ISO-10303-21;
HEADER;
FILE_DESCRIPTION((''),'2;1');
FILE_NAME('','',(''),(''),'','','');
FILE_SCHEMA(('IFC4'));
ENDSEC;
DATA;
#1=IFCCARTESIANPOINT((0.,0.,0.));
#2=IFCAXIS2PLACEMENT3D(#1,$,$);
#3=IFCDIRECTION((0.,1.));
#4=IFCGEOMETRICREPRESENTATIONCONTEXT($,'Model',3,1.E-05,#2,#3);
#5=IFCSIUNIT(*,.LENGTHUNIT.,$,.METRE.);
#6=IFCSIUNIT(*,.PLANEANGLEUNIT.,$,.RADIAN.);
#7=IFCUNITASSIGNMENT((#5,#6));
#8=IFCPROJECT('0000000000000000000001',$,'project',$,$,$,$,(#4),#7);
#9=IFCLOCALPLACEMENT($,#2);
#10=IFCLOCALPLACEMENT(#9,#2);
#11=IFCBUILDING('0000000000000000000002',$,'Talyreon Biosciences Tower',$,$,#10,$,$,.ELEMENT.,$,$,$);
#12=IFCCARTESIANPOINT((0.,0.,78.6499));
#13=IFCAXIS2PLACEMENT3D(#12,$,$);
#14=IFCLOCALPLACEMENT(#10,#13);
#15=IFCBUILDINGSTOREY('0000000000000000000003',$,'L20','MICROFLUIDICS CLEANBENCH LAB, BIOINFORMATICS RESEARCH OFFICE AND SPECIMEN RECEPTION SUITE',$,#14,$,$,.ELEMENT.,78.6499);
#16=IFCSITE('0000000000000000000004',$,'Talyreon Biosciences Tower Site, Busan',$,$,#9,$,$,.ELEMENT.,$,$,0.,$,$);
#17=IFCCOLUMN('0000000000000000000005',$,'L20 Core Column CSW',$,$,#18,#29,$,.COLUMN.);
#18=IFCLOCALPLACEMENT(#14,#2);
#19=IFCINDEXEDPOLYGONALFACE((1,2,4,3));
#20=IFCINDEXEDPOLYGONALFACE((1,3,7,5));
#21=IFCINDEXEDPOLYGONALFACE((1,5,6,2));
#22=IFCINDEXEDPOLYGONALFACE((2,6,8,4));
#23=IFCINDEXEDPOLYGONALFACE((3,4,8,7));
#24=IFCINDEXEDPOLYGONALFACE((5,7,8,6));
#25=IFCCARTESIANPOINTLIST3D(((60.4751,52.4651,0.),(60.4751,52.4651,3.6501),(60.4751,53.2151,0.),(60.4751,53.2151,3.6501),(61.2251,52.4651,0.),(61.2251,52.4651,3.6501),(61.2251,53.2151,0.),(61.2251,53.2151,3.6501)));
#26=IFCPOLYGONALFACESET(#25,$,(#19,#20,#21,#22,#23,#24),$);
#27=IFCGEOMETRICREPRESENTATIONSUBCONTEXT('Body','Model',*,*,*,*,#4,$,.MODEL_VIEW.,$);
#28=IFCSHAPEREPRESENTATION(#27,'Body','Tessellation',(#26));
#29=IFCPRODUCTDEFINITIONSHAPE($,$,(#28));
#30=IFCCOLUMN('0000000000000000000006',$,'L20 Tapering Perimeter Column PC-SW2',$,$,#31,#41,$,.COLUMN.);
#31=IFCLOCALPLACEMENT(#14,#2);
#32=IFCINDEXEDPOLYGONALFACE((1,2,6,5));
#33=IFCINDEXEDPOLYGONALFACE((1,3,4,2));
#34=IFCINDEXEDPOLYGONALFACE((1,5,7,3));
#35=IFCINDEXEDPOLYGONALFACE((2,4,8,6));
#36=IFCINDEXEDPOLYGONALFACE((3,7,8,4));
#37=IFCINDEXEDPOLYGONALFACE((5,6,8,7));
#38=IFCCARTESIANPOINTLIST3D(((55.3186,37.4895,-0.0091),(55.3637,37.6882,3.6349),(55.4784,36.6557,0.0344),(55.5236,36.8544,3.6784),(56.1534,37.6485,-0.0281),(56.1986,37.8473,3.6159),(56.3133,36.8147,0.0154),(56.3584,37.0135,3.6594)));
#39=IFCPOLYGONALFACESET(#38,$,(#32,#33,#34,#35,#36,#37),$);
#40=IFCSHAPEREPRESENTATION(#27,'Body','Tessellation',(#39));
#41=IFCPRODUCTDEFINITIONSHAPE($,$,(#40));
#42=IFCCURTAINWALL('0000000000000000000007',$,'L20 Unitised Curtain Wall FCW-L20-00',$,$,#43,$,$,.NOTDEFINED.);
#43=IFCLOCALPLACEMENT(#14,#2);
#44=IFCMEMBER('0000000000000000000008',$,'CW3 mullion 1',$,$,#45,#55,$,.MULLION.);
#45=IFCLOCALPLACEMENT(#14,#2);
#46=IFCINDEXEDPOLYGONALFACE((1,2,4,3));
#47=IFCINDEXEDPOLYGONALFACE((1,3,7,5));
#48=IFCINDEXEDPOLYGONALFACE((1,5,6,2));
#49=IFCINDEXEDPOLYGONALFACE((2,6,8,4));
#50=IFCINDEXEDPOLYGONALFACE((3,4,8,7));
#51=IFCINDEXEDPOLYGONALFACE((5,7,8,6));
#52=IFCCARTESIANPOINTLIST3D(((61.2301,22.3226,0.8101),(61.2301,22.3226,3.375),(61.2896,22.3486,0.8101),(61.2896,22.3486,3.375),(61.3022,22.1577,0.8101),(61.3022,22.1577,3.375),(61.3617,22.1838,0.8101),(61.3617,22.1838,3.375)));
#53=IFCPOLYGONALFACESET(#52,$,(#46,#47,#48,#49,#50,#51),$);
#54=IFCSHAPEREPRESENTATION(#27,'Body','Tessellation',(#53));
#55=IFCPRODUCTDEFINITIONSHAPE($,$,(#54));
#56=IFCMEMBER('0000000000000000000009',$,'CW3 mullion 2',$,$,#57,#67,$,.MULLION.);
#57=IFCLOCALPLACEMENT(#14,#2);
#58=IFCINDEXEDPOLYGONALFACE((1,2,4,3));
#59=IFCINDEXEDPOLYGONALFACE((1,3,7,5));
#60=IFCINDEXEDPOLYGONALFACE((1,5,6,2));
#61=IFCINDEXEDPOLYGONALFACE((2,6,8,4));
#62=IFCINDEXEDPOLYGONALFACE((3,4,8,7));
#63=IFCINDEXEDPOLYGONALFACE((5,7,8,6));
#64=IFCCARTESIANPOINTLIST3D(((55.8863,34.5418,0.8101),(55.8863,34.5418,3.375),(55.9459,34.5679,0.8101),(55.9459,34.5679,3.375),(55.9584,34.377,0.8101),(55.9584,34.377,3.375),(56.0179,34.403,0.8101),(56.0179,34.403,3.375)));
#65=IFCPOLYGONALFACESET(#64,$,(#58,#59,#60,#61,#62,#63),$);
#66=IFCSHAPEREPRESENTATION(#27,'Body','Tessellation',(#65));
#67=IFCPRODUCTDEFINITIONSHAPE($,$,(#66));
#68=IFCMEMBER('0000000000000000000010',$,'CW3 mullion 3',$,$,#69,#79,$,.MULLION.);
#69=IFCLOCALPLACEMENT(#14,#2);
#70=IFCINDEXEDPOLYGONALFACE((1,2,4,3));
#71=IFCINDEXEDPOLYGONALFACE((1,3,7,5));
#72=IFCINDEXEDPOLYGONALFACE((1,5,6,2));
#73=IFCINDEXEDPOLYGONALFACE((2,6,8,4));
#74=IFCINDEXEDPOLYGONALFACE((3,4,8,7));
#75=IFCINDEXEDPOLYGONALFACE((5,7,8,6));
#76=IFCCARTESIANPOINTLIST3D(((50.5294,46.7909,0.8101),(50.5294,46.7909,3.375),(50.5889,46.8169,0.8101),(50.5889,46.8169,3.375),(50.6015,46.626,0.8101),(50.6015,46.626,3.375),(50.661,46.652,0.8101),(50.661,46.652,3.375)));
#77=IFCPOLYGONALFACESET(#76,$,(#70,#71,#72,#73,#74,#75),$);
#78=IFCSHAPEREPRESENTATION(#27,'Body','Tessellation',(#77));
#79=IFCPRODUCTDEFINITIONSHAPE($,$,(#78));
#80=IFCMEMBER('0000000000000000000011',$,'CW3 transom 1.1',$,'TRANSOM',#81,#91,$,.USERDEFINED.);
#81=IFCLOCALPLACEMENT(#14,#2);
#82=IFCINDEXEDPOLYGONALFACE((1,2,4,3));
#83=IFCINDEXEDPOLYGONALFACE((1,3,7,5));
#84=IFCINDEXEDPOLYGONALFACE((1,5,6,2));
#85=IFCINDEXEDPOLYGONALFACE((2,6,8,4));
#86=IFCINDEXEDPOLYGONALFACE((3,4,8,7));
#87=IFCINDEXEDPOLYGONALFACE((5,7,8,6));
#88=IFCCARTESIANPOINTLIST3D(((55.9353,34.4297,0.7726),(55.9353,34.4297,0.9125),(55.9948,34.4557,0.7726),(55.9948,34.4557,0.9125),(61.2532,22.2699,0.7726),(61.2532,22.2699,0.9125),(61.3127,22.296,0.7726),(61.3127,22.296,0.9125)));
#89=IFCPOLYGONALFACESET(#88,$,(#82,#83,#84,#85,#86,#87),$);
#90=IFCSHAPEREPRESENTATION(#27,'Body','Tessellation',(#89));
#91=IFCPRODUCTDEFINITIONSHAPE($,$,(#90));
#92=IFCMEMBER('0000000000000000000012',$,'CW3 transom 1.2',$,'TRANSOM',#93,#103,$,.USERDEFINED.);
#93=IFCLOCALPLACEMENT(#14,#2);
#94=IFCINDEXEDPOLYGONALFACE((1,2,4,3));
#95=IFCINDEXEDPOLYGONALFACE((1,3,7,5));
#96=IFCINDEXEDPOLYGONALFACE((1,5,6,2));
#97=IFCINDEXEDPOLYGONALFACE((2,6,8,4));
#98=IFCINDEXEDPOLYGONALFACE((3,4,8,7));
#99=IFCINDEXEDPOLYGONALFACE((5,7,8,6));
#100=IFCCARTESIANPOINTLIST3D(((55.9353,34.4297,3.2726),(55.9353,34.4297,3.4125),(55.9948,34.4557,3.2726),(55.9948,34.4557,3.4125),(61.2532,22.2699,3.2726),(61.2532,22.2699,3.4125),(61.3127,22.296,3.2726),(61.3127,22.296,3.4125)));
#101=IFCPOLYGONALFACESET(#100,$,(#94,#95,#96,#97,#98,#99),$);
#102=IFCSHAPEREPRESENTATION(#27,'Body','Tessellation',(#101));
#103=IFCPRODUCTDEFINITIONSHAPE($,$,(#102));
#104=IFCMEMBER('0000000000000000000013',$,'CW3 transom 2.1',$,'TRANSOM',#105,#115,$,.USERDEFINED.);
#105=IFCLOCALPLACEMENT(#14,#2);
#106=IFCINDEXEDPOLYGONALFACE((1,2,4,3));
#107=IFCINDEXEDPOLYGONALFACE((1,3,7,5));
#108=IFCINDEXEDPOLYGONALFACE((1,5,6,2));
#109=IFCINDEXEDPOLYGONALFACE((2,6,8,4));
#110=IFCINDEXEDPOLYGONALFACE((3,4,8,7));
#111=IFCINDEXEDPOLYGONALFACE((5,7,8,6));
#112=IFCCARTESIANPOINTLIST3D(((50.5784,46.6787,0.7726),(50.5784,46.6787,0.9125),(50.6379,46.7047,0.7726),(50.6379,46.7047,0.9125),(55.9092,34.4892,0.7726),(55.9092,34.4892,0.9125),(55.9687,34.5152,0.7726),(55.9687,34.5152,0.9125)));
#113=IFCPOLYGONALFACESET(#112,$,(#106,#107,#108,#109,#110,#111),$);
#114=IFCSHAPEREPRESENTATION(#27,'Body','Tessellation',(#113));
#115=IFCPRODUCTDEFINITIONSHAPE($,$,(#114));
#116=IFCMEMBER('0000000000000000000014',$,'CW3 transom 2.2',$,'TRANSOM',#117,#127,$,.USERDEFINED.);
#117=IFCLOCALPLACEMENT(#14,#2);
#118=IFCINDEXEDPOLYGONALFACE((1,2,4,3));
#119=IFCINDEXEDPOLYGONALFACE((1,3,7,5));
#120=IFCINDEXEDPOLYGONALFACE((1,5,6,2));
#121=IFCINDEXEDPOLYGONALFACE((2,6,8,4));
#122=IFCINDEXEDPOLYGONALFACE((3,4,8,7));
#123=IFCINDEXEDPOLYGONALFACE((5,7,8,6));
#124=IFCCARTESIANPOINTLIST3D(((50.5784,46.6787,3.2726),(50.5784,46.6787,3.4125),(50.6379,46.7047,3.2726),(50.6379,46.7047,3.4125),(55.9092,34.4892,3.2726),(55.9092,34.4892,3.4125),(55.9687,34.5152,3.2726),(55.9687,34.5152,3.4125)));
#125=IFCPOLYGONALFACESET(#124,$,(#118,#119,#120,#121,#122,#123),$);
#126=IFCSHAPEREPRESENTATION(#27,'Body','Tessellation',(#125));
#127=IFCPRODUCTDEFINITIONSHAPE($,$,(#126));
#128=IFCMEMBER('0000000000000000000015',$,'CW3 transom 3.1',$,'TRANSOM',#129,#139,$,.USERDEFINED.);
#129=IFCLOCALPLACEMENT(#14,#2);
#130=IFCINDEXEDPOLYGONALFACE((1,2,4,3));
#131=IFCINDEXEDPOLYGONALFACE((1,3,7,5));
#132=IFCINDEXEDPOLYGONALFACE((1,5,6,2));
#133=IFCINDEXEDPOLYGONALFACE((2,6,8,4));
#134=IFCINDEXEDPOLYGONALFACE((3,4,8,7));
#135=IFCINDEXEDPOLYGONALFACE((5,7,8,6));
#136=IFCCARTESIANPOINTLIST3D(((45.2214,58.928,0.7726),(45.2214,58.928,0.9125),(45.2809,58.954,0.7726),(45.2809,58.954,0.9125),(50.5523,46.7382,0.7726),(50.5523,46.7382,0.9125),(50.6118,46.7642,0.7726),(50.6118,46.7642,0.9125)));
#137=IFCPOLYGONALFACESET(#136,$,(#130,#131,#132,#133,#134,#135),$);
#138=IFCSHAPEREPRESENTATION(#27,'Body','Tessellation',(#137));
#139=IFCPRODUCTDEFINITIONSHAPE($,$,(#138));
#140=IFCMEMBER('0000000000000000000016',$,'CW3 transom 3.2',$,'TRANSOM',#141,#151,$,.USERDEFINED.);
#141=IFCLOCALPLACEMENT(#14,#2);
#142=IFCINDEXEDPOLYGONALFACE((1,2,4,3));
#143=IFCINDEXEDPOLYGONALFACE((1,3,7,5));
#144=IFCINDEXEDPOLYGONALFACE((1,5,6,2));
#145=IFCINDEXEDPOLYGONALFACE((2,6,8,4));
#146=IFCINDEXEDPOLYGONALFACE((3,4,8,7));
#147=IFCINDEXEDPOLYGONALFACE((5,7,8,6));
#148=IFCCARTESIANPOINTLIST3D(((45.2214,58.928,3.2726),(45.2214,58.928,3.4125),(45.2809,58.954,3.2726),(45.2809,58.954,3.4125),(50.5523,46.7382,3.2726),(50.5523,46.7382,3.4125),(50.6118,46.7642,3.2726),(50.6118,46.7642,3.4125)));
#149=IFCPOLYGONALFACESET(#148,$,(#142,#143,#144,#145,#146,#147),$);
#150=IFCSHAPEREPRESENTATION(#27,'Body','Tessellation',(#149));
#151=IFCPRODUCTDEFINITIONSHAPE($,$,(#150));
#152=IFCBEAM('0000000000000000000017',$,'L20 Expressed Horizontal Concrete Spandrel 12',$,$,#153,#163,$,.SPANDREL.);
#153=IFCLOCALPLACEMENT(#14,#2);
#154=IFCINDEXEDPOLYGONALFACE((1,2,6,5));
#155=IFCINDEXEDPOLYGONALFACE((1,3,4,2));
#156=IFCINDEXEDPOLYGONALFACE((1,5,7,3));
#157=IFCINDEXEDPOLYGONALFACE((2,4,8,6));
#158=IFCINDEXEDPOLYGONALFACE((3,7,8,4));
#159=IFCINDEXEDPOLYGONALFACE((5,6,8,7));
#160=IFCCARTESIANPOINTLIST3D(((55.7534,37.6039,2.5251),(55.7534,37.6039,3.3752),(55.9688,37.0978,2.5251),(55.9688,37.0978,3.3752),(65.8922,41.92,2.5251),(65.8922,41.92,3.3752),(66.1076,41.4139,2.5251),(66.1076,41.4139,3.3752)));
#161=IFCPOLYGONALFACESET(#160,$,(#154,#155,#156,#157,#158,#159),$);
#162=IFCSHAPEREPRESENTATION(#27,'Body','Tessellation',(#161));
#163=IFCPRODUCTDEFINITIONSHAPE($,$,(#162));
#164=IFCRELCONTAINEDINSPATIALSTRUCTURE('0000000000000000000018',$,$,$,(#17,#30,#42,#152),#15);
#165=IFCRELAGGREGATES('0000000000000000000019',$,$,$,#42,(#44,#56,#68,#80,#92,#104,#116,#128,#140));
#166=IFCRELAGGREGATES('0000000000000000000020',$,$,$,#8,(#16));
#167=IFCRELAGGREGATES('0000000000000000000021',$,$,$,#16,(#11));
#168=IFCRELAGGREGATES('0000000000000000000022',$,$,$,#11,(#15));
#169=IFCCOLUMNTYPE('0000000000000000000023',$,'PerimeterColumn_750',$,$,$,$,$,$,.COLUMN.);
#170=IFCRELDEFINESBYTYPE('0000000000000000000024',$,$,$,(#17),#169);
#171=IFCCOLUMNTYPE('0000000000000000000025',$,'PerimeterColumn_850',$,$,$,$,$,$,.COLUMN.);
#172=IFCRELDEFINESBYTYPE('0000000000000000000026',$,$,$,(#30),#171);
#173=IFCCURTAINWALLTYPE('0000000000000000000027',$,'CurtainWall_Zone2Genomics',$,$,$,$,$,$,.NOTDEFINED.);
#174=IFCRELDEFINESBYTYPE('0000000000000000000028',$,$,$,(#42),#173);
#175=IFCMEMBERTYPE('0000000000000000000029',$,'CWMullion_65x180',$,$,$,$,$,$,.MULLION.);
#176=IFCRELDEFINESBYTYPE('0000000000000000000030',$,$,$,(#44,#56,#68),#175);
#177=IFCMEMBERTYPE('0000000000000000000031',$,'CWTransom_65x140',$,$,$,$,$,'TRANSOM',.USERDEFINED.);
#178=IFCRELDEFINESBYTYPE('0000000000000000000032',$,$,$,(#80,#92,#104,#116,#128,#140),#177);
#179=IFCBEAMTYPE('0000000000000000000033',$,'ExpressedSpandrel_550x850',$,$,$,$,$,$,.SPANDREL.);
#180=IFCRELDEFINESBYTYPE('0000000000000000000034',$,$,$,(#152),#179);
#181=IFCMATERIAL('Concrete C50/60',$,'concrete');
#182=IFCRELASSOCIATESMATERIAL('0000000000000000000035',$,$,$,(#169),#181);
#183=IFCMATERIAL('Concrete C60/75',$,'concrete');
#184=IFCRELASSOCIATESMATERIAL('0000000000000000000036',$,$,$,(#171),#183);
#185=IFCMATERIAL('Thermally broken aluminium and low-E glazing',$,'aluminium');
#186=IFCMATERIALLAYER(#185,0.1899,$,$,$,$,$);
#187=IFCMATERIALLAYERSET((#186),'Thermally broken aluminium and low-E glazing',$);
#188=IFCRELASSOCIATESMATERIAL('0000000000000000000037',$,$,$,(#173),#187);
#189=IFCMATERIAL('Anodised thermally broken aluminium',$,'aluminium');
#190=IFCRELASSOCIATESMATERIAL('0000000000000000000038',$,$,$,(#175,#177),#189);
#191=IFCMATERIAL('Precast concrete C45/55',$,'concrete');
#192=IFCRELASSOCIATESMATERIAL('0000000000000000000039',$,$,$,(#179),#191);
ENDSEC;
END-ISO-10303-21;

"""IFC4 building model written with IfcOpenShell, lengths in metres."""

from ifc_helpers import new_model, si_unit, direction, frame, origin, origin_2d, place, context, subcontext, project, spatial, rectangle, extrude, material, layer, layer_set, material_profile, profile_set, type_object, element, aggregate, save


model = new_model("IFC4")

# Units and contexts
model_context = context("Model", 3, precision=1e-05, world=origin(), true_north=direction((0.0, 1.0)))
body_context = subcontext(model_context, "Body", "Model", "MODEL_VIEW")
ifc_project = project(units=[si_unit("LENGTHUNIT", "METRE"), si_unit("PLANEANGLEUNIT", "RADIAN")], contexts=[model_context])

# Site, building, storey
site_placement = place(None, origin())
site = spatial("IfcSite", under=ifc_project, at=site_placement, Name="Talyreon Biosciences Tower Site, Busan", CompositionType="ELEMENT", RefElevation=0.0)
building_placement = place(site_placement, origin())
building = spatial("IfcBuilding", under=site, at=building_placement, Name="Talyreon Biosciences Tower", CompositionType="ELEMENT")
storey_placement = place(building_placement, frame((0.0, 0.0, 78.6499)))
storey = spatial("IfcBuildingStorey", under=building, at=storey_placement, Name="L20", Description="MICROFLUIDICS CLEANBENCH LAB, BIOINFORMATICS RESEARCH OFFICE AND SPECIMEN RECEPTION SUITE", CompositionType="ELEMENT", Elevation=78.6499)

# Columns
ifc_material_1 = material(Name="Concrete C50/60", Category="concrete")
ifc_material_profile_1 = material_profile(ifc_material_1, rectangle(XDim=0.75, YDim=0.75, at=origin_2d()), Name="RC 750x750")
ifc_profile_set_1 = profile_set([ifc_material_profile_1], Name="Concrete C50/60")
column_type_1 = type_object("IfcColumnType", Name="PerimeterColumn_750", PredefinedType="COLUMN", material=ifc_profile_set_1)
column_1_placement = place(storey_placement, frame((60.8501, 52.8401, 0.0), z_axis=(0.0, 0.0, 1.0), x_axis=(1.0, 0.0, 0.0)))
element("IfcColumn", 1, at=column_1_placement, inside=storey, type_object=column_type_1, Name="L20 Core Column CSW", PredefinedType="COLUMN", context=body_context, shape_type="SweptSolid", body=[
    extrude(rectangle(XDim=0.75, YDim=0.75, at=origin_2d()), origin(), (0.0, 0.0, 1.0), 3.6501),
])
ifc_material_2 = material(Name="Concrete C60/75", Category="concrete")
ifc_material_profile_2 = material_profile(ifc_material_2, rectangle(XDim=0.8501, YDim=0.8501, at=origin_2d()), Name="RC 850x850")
ifc_profile_set_2 = profile_set([ifc_material_profile_2], Name="Concrete C60/75")
column_type_2 = type_object("IfcColumnType", Name="PerimeterColumn_850", PredefinedType="COLUMN", material=ifc_profile_set_2)
column_2_placement = place(storey_placement, frame((55.8159, 37.1521, 0.0032), z_axis=(0.012375, 0.054451, 0.99844), x_axis=(-0.188036, 0.980829, -0.05116)))
element("IfcColumn", 2, at=column_2_placement, inside=storey, type_object=column_type_2, Name="L20 Tapering Perimeter Column PC-SW2", PredefinedType="COLUMN", context=body_context, shape_type="SweptSolid", body=[
    extrude(rectangle(XDim=0.8501, YDim=0.8501, at=origin_2d()), origin(), (0.0, 0.0, 1.0), 3.6497),
])

# Curtain wall, members
ifc_material_3 = material(Name="Thermally broken aluminium and low-E glazing", Category="aluminium")
ifc_layer_1 = layer(ifc_material_3, 0.1899)
ifc_layer_set_1 = layer_set([ifc_layer_1], Name="Thermally broken aluminium and low-E glazing")
curtain_wall_type = type_object("IfcCurtainWallType", Name="CurtainWall_Zone2Genomics", PredefinedType="NOTDEFINED", material=ifc_layer_set_1)
curtain_wall_placement = place(storey_placement, origin())
curtain_wall = element("IfcCurtainWall", 3, at=curtain_wall_placement, inside=storey, type_object=curtain_wall_type, Name="L20 Unitised Curtain Wall FCW-L20-00", PredefinedType="NOTDEFINED")
ifc_material_4 = material(Name="Anodised thermally broken aluminium", Category="aluminium")
ifc_material_profile_3 = material_profile(ifc_material_4, rectangle(XDim=0.0649, YDim=0.1799, at=origin_2d()), Name="ALUM MULLION 65x180")
ifc_profile_set_3 = profile_set([ifc_material_profile_3], Name="Anodised thermally broken aluminium")
member_type_1 = type_object("IfcMemberType", Name="CWMullion_65x180", PredefinedType="MULLION", material=ifc_profile_set_3)
member_1_placement = place(storey_placement, frame((61.2959, 22.2532, 0.8101), z_axis=(0.0, 0.0, 1.0), x_axis=(-0.916214, -0.400689, 0.0)))
member_1 = element("IfcMember", 4, at=member_1_placement, type_object=member_type_1, Name="CW3 mullion 1", PredefinedType="MULLION", context=body_context, shape_type="SweptSolid", body=[
    extrude(rectangle(XDim=0.0649, YDim=0.1799, at=origin_2d()), origin(), (0.0, 0.0, 1.0), 2.5649),
])
member_2_placement = place(storey_placement, frame((55.9521, 34.4724, 0.8101), z_axis=(0.0, 0.0, 1.0), x_axis=(-0.916214, -0.400689, 0.0)))
member_2 = element("IfcMember", 5, at=member_2_placement, type_object=member_type_1, Name="CW3 mullion 2", PredefinedType="MULLION", context=body_context, shape_type="SweptSolid", body=[
    extrude(rectangle(XDim=0.0649, YDim=0.1799, at=origin_2d()), origin(), (0.0, 0.0, 1.0), 2.5649),
])
member_3_placement = place(storey_placement, frame((50.5952, 46.7214, 0.8101), z_axis=(0.0, 0.0, 1.0), x_axis=(-0.916214, -0.400689, 0.0)))
member_3 = element("IfcMember", 6, at=member_3_placement, type_object=member_type_1, Name="CW3 mullion 3", PredefinedType="MULLION", context=body_context, shape_type="SweptSolid", body=[
    extrude(rectangle(XDim=0.0649, YDim=0.1799, at=origin_2d()), origin(), (0.0, 0.0, 1.0), 2.5649),
])
ifc_material_profile_4 = material_profile(ifc_material_4, rectangle(XDim=0.0649, YDim=0.1399, at=origin_2d()), Name="ALUM TRANSOM 65x140")
ifc_profile_set_4 = profile_set([ifc_material_profile_4], Name="Anodised thermally broken aluminium")
member_type_2 = type_object("IfcMemberType", Name="CWTransom_65x140", ElementType="TRANSOM", PredefinedType="USERDEFINED", material=ifc_profile_set_4)
member_4_placement = place(storey_placement, frame((61.283, 22.283, 0.8425), z_axis=(-0.400693, 0.916212, 0.0), x_axis=(-0.916212, -0.400693, 0.0)))
member_4 = element("IfcMember", 7, at=member_4_placement, type_object=member_type_2, Name="CW3 transom 1.1", ObjectType="TRANSOM", PredefinedType="USERDEFINED", context=body_context, shape_type="SweptSolid", body=[
    extrude(rectangle(XDim=0.0649, YDim=0.1399, at=origin_2d()), origin(), (0.0, 0.0, 1.0), 13.2717),
])
member_5_placement = place(storey_placement, frame((61.283, 22.283, 3.3425), z_axis=(-0.400693, 0.916212, 0.0), x_axis=(-0.916212, -0.400693, 0.0)))
member_5 = element("IfcMember", 8, at=member_5_placement, type_object=member_type_2, Name="CW3 transom 1.2", ObjectType="TRANSOM", PredefinedType="USERDEFINED", context=body_context, shape_type="SweptSolid", body=[
    extrude(rectangle(XDim=0.0649, YDim=0.1399, at=origin_2d()), origin(), (0.0, 0.0, 1.0), 13.2717),
])
member_6_placement = place(storey_placement, frame((55.939, 34.5022, 0.8425), z_axis=(-0.400688, 0.916215, 0.0), x_axis=(-0.916215, -0.400688, 0.0)))
member_6 = element("IfcMember", 9, at=member_6_placement, type_object=member_type_2, Name="CW3 transom 2.1", ObjectType="TRANSOM", PredefinedType="USERDEFINED", context=body_context, shape_type="SweptSolid", body=[
    extrude(rectangle(XDim=0.0649, YDim=0.1399, at=origin_2d()), origin(), (0.0, 0.0, 1.0), 13.3042),
])
member_7_placement = place(storey_placement, frame((55.939, 34.5022, 3.3425), z_axis=(-0.400688, 0.916215, 0.0), x_axis=(-0.916215, -0.400688, 0.0)))
member_7 = element("IfcMember", 10, at=member_7_placement, type_object=member_type_2, Name="CW3 transom 2.2", ObjectType="TRANSOM", PredefinedType="USERDEFINED", context=body_context, shape_type="SweptSolid", body=[
    extrude(rectangle(XDim=0.0649, YDim=0.1399, at=origin_2d()), origin(), (0.0, 0.0, 1.0), 13.3042),
])
member_8_placement = place(storey_placement, frame((50.582, 46.7512, 0.8425), z_axis=(-0.400681, 0.916218, 0.0), x_axis=(-0.916218, -0.400681, 0.0)))
member_8 = element("IfcMember", 11, at=member_8_placement, type_object=member_type_2, Name="CW3 transom 3.1", ObjectType="TRANSOM", PredefinedType="USERDEFINED", context=body_context, shape_type="SweptSolid", body=[
    extrude(rectangle(XDim=0.0649, YDim=0.1399, at=origin_2d()), origin(), (0.0, 0.0, 1.0), 13.3044),
])
member_9_placement = place(storey_placement, frame((50.582, 46.7512, 3.3425), z_axis=(-0.400681, 0.916218, 0.0), x_axis=(-0.916218, -0.400681, 0.0)))
member_9 = element("IfcMember", 12, at=member_9_placement, type_object=member_type_2, Name="CW3 transom 3.2", ObjectType="TRANSOM", PredefinedType="USERDEFINED", context=body_context, shape_type="SweptSolid", body=[
    extrude(rectangle(XDim=0.0649, YDim=0.1399, at=origin_2d()), origin(), (0.0, 0.0, 1.0), 13.3044),
])

# Beam
ifc_material_5 = material(Name="Precast concrete C45/55", Category="concrete")
ifc_material_profile_5 = material_profile(ifc_material_5, rectangle(XDim=0.55, YDim=0.8501, at=origin_2d()), Name="RCB 550x850")
ifc_profile_set_5 = profile_set([ifc_material_profile_5], Name="Precast concrete C45/55")
beam_type_1 = type_object("IfcBeamType", Name="ExpressedSpandrel_550x850", PredefinedType="SPANDREL", material=ifc_profile_set_5)
beam_1_placement = place(storey_placement, frame((55.8611, 37.3508, 2.9502), z_axis=(0.920098, 0.391688, 0.0), x_axis=(-0.391688, 0.920098, 0.0)))
element("IfcBeam", 13, at=beam_1_placement, inside=storey, type_object=beam_type_1, Name="L20 Expressed Horizontal Concrete Spandrel 12", PredefinedType="SPANDREL", context=body_context, shape_type="SweptSolid", body=[
    extrude(rectangle(XDim=0.55, YDim=0.8501, at=origin_2d()), origin(), (0.0, 0.0, 1.0), 11.0193),
])

aggregate(curtain_wall, [member_1, member_2, member_3, member_4, member_5, member_6, member_7, member_8, member_9])

save(model, "model.ifc")
